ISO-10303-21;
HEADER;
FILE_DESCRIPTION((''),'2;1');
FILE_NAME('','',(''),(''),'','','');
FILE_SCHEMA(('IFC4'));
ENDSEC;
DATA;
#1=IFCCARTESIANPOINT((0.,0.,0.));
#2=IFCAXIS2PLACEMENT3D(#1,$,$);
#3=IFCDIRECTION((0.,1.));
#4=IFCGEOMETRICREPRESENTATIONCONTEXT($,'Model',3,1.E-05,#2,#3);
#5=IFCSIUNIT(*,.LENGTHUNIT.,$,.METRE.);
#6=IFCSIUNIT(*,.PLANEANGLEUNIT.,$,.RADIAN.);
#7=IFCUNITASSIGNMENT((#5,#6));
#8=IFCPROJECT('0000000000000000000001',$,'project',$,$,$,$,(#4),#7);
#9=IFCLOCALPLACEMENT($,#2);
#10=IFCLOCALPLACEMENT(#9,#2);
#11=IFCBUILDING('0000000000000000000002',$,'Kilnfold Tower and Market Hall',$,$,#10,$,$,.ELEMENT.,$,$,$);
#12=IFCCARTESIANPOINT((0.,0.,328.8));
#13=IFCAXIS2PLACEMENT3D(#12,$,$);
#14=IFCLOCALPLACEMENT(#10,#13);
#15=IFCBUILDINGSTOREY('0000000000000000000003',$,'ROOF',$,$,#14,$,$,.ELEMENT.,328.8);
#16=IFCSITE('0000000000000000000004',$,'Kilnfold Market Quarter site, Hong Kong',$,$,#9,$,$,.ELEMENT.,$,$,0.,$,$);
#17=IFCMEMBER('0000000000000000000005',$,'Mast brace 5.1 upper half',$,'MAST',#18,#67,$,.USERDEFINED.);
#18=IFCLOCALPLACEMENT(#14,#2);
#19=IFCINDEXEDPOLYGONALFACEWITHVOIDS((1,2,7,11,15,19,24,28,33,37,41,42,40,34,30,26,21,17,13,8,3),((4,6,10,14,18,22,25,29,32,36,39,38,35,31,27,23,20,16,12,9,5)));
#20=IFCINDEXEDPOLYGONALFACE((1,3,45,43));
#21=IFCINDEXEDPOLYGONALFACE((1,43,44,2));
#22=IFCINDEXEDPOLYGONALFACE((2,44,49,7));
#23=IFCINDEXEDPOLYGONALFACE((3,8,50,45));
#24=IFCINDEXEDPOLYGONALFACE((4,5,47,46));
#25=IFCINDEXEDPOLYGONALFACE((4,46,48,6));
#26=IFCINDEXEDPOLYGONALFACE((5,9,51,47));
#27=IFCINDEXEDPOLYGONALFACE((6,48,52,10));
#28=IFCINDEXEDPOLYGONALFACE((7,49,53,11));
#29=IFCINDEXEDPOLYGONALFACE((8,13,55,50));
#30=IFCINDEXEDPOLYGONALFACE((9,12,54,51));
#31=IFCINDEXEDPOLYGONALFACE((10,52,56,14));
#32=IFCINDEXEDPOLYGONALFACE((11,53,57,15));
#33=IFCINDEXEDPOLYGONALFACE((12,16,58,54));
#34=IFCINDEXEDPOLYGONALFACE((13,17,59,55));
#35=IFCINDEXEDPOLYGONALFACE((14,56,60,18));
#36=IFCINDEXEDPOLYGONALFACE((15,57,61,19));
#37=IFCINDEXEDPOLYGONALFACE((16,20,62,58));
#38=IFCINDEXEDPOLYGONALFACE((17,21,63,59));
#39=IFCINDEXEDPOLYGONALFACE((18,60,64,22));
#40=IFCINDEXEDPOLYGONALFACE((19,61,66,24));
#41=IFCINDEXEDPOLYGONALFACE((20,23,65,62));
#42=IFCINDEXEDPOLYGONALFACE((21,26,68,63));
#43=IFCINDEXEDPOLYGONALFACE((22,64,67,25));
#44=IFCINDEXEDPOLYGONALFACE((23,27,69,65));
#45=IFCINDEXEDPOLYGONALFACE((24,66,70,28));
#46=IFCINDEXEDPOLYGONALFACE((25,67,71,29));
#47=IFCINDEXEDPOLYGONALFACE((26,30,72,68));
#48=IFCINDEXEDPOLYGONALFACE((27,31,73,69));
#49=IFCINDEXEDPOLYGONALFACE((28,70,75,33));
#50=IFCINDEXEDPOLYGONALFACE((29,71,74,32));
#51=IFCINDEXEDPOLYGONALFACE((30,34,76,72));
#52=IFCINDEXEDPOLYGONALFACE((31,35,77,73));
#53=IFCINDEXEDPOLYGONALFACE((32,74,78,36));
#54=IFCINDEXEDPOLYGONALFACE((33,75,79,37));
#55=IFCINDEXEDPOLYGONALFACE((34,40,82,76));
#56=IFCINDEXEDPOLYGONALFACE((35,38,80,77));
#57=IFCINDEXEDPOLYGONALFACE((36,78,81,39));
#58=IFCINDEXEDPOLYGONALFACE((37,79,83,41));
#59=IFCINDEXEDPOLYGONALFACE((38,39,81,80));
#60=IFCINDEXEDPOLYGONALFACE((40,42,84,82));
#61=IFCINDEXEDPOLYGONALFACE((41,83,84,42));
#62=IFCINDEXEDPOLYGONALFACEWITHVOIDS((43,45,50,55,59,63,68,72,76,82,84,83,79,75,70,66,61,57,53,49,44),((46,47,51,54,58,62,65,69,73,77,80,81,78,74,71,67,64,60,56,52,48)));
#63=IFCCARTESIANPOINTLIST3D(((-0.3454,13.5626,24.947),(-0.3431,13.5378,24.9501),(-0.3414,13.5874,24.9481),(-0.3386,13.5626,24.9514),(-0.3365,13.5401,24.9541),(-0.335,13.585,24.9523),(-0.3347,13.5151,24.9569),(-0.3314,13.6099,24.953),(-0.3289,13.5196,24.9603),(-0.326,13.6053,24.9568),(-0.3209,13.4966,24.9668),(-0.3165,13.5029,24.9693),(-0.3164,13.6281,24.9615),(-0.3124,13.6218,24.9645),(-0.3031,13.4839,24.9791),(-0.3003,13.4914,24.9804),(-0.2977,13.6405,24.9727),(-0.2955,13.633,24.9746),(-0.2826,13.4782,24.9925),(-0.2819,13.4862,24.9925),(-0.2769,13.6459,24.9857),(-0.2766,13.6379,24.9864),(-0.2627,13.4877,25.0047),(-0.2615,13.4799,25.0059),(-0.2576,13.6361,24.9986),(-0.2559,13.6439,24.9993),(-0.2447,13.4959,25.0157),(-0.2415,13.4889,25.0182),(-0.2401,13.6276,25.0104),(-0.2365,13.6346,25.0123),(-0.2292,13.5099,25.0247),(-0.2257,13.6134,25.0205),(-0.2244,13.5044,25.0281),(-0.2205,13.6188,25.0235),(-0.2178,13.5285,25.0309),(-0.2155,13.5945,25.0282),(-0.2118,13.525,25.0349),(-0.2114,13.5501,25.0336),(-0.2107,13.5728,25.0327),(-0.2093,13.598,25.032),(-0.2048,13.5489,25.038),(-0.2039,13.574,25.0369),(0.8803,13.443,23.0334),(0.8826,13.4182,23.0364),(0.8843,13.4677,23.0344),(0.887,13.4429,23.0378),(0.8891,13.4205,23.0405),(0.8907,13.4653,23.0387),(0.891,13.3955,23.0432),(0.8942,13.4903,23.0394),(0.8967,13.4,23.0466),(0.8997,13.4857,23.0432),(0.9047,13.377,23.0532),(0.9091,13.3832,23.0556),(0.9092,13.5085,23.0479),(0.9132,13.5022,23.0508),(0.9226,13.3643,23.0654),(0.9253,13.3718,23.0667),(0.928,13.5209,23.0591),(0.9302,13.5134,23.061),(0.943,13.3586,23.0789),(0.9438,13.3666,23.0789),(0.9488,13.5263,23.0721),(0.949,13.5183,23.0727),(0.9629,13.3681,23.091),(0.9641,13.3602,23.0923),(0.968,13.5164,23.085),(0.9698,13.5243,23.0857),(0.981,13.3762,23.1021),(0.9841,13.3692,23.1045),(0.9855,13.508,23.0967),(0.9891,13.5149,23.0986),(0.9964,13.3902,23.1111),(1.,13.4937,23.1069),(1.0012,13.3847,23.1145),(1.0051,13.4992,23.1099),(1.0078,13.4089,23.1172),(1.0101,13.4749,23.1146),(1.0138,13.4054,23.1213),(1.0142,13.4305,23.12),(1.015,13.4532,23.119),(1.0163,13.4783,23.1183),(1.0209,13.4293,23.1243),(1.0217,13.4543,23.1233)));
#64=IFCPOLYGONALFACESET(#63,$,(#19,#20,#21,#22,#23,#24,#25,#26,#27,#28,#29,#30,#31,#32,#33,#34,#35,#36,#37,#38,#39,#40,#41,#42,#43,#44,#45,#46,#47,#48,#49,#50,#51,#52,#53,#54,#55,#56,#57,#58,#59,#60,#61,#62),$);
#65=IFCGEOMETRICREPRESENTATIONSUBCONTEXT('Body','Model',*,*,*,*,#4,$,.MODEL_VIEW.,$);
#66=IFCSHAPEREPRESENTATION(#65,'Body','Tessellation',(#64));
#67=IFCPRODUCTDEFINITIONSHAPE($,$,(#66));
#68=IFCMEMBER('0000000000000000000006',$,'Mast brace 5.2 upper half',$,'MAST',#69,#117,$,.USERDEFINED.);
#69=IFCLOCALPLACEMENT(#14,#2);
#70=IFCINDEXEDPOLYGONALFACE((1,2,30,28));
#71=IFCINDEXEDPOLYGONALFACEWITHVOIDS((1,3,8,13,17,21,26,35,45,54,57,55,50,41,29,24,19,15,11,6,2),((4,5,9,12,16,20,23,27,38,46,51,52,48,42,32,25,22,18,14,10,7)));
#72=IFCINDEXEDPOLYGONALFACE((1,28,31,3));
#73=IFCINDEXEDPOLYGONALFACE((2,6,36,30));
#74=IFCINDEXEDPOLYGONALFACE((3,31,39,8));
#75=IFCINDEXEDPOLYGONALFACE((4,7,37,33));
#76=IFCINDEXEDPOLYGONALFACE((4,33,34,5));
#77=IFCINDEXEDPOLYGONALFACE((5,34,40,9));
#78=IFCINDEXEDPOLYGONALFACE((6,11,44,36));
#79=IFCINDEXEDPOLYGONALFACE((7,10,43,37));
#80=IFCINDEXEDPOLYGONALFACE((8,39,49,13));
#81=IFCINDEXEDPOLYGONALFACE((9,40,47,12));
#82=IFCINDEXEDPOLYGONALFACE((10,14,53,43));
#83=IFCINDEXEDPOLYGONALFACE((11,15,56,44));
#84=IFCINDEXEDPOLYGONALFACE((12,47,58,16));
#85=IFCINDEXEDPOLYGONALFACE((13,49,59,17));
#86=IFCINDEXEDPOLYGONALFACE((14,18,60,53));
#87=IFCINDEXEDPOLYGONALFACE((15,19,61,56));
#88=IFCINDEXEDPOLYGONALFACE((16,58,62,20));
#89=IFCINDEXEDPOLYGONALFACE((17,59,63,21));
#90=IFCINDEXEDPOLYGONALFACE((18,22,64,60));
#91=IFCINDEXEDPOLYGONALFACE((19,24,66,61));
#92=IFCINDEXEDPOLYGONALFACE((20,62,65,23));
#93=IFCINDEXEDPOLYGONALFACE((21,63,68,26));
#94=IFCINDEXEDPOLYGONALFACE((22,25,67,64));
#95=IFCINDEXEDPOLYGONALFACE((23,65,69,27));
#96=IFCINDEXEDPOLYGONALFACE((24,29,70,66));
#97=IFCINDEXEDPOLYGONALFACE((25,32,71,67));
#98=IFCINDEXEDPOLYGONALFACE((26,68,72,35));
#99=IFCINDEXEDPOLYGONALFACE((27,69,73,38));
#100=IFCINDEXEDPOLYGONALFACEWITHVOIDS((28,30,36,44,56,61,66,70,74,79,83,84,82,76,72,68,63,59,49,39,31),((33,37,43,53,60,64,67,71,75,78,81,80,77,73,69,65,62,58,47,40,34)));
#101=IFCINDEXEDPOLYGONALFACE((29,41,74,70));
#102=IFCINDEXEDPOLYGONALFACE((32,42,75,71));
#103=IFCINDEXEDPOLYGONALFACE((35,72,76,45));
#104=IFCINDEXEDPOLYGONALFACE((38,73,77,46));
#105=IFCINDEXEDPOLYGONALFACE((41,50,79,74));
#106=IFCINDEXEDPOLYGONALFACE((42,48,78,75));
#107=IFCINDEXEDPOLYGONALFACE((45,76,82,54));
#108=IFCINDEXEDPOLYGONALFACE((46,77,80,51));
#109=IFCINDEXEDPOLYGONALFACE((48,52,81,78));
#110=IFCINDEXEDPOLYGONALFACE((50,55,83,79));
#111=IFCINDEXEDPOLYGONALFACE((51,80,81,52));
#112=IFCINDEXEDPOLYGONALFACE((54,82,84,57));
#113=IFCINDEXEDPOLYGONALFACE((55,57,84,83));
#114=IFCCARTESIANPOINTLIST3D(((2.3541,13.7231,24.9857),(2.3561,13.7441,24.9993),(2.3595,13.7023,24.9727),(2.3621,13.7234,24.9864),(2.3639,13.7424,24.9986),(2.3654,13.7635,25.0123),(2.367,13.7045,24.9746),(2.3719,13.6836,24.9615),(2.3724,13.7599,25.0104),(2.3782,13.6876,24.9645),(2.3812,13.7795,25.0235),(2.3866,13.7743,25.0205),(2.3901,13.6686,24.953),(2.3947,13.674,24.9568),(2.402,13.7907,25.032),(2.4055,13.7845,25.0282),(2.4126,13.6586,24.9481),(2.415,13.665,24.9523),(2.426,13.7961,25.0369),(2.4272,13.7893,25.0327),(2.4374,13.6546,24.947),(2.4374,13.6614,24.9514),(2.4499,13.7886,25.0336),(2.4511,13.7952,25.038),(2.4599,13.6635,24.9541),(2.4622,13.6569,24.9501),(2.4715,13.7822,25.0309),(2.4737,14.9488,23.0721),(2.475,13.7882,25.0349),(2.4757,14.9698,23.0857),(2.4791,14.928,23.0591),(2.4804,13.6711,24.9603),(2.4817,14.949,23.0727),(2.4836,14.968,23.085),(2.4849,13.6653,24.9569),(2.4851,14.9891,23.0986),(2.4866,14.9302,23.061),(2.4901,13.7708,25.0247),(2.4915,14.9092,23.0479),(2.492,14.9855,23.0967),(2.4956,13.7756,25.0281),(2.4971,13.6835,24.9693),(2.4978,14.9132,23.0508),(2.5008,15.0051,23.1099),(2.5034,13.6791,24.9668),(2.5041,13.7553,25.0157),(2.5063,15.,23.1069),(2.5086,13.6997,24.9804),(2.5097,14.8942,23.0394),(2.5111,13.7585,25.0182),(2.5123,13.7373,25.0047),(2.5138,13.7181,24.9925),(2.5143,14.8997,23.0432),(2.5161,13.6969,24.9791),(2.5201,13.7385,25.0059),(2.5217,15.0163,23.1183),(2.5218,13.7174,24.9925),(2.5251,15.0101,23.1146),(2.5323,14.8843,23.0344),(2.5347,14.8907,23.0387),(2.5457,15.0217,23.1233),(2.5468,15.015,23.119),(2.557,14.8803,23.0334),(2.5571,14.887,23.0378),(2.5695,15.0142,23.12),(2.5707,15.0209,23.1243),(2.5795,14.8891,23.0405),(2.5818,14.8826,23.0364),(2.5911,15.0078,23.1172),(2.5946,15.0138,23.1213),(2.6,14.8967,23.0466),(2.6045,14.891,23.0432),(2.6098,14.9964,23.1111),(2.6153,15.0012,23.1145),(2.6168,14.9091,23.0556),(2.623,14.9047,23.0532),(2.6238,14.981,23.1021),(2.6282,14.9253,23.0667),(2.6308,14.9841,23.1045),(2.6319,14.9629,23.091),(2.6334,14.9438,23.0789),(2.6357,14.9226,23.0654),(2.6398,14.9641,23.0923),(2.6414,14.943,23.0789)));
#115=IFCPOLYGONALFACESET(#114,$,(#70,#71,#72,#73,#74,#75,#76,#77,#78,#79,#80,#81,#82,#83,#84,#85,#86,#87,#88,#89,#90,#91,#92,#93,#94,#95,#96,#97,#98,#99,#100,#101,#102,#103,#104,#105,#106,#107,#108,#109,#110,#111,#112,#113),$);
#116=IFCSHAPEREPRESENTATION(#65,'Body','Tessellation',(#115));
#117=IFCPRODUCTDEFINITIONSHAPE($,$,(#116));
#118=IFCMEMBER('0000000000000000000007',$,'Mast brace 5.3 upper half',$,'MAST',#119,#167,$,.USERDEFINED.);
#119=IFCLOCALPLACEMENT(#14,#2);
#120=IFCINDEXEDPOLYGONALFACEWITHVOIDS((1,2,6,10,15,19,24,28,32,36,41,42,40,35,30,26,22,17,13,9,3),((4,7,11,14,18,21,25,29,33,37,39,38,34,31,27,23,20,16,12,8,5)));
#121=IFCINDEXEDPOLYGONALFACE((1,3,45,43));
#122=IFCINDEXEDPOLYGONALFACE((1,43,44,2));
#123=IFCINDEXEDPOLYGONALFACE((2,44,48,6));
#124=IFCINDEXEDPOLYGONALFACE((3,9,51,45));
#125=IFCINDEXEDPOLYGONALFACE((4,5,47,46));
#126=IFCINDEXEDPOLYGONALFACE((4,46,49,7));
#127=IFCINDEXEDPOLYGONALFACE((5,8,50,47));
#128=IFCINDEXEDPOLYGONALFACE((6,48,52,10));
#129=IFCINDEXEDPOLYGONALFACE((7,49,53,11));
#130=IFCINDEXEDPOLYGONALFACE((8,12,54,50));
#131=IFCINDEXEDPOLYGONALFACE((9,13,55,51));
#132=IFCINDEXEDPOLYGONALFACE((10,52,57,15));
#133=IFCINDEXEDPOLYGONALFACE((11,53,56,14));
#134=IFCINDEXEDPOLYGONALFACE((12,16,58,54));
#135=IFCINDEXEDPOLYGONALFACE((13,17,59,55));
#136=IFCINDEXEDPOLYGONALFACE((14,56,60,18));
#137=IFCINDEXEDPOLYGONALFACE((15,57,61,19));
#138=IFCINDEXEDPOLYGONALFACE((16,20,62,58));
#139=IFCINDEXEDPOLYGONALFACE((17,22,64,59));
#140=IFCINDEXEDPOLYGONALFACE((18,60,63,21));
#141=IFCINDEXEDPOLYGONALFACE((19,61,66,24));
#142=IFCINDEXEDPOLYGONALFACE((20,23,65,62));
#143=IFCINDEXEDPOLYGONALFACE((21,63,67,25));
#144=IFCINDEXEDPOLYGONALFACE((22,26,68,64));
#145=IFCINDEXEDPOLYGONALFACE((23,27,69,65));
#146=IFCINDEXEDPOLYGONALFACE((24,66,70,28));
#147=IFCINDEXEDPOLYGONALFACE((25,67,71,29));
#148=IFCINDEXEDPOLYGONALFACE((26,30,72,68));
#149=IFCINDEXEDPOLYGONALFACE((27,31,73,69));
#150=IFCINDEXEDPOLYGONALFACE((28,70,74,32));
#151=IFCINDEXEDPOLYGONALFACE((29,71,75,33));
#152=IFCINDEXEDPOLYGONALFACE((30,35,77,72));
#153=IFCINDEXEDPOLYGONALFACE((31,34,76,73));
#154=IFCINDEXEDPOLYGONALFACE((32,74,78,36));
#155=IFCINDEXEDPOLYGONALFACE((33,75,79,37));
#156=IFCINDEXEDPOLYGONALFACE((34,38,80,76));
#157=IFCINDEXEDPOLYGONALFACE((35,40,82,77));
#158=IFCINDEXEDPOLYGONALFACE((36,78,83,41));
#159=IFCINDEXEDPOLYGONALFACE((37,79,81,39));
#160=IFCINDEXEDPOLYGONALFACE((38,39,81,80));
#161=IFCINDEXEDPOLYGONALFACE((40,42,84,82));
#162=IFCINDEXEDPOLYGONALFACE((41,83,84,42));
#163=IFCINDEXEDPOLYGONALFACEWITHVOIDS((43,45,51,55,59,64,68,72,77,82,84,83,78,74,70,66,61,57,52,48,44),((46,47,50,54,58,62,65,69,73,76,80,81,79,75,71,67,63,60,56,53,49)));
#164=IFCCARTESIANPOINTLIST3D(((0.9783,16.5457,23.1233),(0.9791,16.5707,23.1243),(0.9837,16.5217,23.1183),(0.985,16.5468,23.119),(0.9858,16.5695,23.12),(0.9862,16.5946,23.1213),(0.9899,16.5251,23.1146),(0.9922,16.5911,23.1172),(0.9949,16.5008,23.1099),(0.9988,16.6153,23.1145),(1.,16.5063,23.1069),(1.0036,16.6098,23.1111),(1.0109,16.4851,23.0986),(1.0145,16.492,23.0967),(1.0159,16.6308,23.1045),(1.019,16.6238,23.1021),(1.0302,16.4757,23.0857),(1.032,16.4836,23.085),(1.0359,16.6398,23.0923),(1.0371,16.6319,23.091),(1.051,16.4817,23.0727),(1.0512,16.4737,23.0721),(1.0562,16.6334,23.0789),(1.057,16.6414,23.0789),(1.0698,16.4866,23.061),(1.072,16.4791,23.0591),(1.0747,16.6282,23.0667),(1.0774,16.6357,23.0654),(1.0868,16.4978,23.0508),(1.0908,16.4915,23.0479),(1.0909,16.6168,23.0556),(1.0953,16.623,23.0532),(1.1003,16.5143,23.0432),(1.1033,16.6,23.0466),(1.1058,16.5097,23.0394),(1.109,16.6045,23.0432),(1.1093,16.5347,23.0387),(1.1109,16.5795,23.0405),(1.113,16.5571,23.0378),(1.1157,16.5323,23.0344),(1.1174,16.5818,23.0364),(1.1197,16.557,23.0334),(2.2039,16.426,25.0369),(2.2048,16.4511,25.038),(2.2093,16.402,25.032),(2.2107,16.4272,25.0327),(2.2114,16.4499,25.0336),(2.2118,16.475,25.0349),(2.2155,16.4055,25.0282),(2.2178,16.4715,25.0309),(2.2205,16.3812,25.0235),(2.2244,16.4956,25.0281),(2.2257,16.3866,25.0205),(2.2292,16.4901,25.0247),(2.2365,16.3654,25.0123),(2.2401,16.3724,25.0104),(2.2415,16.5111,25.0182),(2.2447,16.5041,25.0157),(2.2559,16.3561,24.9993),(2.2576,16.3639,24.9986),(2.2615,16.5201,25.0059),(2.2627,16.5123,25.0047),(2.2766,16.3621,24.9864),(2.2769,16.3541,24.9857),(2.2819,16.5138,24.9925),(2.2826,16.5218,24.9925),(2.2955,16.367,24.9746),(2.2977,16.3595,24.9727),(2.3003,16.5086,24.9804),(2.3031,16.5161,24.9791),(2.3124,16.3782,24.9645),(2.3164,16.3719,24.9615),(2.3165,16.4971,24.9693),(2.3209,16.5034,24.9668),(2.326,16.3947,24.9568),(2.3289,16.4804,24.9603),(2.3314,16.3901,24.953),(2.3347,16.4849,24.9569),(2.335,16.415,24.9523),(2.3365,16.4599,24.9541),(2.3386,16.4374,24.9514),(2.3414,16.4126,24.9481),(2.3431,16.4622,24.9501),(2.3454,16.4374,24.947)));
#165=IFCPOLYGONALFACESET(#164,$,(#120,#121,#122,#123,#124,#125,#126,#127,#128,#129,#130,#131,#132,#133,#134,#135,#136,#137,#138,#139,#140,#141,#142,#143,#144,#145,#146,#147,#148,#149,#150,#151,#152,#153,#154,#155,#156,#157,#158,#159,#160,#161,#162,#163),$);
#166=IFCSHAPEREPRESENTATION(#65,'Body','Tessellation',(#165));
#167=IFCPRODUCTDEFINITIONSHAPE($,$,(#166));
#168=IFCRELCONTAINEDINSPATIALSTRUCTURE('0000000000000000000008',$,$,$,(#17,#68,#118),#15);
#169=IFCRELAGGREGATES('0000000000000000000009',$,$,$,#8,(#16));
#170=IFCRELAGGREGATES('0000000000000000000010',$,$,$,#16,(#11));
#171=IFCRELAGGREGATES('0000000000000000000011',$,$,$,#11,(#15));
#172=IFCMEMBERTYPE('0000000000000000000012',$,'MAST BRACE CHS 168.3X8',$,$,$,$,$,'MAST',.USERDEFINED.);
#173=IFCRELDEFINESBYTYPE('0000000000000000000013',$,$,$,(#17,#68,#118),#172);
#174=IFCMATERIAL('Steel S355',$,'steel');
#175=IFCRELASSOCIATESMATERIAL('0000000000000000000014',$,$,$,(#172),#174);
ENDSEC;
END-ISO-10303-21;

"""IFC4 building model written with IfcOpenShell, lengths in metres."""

from ifc_helpers import new_model, si_unit, direction, frame, origin, origin_2d, place, context, subcontext, project, spatial, hollow_circle, extrude, source, transform, mapped, material, material_profile, profile_set, type_object, element, save


model = new_model("IFC4")

# Units and contexts
model_context = context("Model", 3, precision=1e-05, world=origin(), true_north=direction((0.0, 1.0)))
body_context = subcontext(model_context, "Body", "Model", "MODEL_VIEW")
ifc_project = project(units=[si_unit("LENGTHUNIT", "METRE"), si_unit("PLANEANGLEUNIT", "RADIAN")], contexts=[model_context])

# Site, building, storey
site_placement = place(None, origin())
site = spatial("IfcSite", under=ifc_project, at=site_placement, Name="Kilnfold Market Quarter site, Hong Kong", CompositionType="ELEMENT", RefElevation=0.0)
building_placement = place(site_placement, origin())
building = spatial("IfcBuilding", under=site, at=building_placement, Name="Kilnfold Tower and Market Hall", CompositionType="ELEMENT")
storey_placement = place(building_placement, frame((0.0, 0.0, 328.8)))
storey = spatial("IfcBuildingStorey", under=building, at=storey_placement, Name="ROOF", CompositionType="ELEMENT", Elevation=328.8)

# Members
ifc_material_1 = material(Name="Steel S355", Category="steel")
ifc_material_profile_1 = material_profile(ifc_material_1, hollow_circle(Radius=0.0842, WallThickness=0.0081, at=origin_2d()), Name="CHS 168.3x8")
ifc_profile_set_1 = profile_set([ifc_material_profile_1], Name="Steel S355")
member_type_1 = type_object("IfcMemberType", Name="MAST BRACE CHS 168.3X8", ElementType="MAST", PredefinedType="USERDEFINED", material=ifc_profile_set_1)
shared_shape_1 = source(origin(), body_context, "Body", "SweptSolid", [
    extrude(hollow_circle(Radius=0.0842, WallThickness=0.0081, at=origin_2d()), origin(), (0.0, 0.0, 1.0), 2.2756),
])
for number, where, z_axis, x_axis, name in (
    (1, (0.9512, 13.4424, 23.0789), (-0.538588, 0.052571, 0.840927), (-0.097148, -0.99527, 0.0), "Mast brace 5.1 upper half"),
    (2, (2.5576, 14.9512, 23.0789), (-0.052571, -0.538588, 0.840927), (0.99527, -0.097148, 0.0), "Mast brace 5.2 upper half"),
    (3, (1.0488, 16.5576, 23.0789), (0.538588, -0.052571, 0.840927), (0.097148, 0.99527, 0.0), "Mast brace 5.3 upper half"),
):
    element("IfcMember", number, at=place(storey_placement, frame(where, z_axis=z_axis, x_axis=x_axis)), inside=storey, type_object=member_type_1, Name=name, ObjectType="MAST", PredefinedType="USERDEFINED", context=body_context, shape_type="MappedRepresentation", body=[
        mapped(shared_shape_1, transform((0.0, 0.0, 0.0))),
    ])

save(model, "model.ifc")
